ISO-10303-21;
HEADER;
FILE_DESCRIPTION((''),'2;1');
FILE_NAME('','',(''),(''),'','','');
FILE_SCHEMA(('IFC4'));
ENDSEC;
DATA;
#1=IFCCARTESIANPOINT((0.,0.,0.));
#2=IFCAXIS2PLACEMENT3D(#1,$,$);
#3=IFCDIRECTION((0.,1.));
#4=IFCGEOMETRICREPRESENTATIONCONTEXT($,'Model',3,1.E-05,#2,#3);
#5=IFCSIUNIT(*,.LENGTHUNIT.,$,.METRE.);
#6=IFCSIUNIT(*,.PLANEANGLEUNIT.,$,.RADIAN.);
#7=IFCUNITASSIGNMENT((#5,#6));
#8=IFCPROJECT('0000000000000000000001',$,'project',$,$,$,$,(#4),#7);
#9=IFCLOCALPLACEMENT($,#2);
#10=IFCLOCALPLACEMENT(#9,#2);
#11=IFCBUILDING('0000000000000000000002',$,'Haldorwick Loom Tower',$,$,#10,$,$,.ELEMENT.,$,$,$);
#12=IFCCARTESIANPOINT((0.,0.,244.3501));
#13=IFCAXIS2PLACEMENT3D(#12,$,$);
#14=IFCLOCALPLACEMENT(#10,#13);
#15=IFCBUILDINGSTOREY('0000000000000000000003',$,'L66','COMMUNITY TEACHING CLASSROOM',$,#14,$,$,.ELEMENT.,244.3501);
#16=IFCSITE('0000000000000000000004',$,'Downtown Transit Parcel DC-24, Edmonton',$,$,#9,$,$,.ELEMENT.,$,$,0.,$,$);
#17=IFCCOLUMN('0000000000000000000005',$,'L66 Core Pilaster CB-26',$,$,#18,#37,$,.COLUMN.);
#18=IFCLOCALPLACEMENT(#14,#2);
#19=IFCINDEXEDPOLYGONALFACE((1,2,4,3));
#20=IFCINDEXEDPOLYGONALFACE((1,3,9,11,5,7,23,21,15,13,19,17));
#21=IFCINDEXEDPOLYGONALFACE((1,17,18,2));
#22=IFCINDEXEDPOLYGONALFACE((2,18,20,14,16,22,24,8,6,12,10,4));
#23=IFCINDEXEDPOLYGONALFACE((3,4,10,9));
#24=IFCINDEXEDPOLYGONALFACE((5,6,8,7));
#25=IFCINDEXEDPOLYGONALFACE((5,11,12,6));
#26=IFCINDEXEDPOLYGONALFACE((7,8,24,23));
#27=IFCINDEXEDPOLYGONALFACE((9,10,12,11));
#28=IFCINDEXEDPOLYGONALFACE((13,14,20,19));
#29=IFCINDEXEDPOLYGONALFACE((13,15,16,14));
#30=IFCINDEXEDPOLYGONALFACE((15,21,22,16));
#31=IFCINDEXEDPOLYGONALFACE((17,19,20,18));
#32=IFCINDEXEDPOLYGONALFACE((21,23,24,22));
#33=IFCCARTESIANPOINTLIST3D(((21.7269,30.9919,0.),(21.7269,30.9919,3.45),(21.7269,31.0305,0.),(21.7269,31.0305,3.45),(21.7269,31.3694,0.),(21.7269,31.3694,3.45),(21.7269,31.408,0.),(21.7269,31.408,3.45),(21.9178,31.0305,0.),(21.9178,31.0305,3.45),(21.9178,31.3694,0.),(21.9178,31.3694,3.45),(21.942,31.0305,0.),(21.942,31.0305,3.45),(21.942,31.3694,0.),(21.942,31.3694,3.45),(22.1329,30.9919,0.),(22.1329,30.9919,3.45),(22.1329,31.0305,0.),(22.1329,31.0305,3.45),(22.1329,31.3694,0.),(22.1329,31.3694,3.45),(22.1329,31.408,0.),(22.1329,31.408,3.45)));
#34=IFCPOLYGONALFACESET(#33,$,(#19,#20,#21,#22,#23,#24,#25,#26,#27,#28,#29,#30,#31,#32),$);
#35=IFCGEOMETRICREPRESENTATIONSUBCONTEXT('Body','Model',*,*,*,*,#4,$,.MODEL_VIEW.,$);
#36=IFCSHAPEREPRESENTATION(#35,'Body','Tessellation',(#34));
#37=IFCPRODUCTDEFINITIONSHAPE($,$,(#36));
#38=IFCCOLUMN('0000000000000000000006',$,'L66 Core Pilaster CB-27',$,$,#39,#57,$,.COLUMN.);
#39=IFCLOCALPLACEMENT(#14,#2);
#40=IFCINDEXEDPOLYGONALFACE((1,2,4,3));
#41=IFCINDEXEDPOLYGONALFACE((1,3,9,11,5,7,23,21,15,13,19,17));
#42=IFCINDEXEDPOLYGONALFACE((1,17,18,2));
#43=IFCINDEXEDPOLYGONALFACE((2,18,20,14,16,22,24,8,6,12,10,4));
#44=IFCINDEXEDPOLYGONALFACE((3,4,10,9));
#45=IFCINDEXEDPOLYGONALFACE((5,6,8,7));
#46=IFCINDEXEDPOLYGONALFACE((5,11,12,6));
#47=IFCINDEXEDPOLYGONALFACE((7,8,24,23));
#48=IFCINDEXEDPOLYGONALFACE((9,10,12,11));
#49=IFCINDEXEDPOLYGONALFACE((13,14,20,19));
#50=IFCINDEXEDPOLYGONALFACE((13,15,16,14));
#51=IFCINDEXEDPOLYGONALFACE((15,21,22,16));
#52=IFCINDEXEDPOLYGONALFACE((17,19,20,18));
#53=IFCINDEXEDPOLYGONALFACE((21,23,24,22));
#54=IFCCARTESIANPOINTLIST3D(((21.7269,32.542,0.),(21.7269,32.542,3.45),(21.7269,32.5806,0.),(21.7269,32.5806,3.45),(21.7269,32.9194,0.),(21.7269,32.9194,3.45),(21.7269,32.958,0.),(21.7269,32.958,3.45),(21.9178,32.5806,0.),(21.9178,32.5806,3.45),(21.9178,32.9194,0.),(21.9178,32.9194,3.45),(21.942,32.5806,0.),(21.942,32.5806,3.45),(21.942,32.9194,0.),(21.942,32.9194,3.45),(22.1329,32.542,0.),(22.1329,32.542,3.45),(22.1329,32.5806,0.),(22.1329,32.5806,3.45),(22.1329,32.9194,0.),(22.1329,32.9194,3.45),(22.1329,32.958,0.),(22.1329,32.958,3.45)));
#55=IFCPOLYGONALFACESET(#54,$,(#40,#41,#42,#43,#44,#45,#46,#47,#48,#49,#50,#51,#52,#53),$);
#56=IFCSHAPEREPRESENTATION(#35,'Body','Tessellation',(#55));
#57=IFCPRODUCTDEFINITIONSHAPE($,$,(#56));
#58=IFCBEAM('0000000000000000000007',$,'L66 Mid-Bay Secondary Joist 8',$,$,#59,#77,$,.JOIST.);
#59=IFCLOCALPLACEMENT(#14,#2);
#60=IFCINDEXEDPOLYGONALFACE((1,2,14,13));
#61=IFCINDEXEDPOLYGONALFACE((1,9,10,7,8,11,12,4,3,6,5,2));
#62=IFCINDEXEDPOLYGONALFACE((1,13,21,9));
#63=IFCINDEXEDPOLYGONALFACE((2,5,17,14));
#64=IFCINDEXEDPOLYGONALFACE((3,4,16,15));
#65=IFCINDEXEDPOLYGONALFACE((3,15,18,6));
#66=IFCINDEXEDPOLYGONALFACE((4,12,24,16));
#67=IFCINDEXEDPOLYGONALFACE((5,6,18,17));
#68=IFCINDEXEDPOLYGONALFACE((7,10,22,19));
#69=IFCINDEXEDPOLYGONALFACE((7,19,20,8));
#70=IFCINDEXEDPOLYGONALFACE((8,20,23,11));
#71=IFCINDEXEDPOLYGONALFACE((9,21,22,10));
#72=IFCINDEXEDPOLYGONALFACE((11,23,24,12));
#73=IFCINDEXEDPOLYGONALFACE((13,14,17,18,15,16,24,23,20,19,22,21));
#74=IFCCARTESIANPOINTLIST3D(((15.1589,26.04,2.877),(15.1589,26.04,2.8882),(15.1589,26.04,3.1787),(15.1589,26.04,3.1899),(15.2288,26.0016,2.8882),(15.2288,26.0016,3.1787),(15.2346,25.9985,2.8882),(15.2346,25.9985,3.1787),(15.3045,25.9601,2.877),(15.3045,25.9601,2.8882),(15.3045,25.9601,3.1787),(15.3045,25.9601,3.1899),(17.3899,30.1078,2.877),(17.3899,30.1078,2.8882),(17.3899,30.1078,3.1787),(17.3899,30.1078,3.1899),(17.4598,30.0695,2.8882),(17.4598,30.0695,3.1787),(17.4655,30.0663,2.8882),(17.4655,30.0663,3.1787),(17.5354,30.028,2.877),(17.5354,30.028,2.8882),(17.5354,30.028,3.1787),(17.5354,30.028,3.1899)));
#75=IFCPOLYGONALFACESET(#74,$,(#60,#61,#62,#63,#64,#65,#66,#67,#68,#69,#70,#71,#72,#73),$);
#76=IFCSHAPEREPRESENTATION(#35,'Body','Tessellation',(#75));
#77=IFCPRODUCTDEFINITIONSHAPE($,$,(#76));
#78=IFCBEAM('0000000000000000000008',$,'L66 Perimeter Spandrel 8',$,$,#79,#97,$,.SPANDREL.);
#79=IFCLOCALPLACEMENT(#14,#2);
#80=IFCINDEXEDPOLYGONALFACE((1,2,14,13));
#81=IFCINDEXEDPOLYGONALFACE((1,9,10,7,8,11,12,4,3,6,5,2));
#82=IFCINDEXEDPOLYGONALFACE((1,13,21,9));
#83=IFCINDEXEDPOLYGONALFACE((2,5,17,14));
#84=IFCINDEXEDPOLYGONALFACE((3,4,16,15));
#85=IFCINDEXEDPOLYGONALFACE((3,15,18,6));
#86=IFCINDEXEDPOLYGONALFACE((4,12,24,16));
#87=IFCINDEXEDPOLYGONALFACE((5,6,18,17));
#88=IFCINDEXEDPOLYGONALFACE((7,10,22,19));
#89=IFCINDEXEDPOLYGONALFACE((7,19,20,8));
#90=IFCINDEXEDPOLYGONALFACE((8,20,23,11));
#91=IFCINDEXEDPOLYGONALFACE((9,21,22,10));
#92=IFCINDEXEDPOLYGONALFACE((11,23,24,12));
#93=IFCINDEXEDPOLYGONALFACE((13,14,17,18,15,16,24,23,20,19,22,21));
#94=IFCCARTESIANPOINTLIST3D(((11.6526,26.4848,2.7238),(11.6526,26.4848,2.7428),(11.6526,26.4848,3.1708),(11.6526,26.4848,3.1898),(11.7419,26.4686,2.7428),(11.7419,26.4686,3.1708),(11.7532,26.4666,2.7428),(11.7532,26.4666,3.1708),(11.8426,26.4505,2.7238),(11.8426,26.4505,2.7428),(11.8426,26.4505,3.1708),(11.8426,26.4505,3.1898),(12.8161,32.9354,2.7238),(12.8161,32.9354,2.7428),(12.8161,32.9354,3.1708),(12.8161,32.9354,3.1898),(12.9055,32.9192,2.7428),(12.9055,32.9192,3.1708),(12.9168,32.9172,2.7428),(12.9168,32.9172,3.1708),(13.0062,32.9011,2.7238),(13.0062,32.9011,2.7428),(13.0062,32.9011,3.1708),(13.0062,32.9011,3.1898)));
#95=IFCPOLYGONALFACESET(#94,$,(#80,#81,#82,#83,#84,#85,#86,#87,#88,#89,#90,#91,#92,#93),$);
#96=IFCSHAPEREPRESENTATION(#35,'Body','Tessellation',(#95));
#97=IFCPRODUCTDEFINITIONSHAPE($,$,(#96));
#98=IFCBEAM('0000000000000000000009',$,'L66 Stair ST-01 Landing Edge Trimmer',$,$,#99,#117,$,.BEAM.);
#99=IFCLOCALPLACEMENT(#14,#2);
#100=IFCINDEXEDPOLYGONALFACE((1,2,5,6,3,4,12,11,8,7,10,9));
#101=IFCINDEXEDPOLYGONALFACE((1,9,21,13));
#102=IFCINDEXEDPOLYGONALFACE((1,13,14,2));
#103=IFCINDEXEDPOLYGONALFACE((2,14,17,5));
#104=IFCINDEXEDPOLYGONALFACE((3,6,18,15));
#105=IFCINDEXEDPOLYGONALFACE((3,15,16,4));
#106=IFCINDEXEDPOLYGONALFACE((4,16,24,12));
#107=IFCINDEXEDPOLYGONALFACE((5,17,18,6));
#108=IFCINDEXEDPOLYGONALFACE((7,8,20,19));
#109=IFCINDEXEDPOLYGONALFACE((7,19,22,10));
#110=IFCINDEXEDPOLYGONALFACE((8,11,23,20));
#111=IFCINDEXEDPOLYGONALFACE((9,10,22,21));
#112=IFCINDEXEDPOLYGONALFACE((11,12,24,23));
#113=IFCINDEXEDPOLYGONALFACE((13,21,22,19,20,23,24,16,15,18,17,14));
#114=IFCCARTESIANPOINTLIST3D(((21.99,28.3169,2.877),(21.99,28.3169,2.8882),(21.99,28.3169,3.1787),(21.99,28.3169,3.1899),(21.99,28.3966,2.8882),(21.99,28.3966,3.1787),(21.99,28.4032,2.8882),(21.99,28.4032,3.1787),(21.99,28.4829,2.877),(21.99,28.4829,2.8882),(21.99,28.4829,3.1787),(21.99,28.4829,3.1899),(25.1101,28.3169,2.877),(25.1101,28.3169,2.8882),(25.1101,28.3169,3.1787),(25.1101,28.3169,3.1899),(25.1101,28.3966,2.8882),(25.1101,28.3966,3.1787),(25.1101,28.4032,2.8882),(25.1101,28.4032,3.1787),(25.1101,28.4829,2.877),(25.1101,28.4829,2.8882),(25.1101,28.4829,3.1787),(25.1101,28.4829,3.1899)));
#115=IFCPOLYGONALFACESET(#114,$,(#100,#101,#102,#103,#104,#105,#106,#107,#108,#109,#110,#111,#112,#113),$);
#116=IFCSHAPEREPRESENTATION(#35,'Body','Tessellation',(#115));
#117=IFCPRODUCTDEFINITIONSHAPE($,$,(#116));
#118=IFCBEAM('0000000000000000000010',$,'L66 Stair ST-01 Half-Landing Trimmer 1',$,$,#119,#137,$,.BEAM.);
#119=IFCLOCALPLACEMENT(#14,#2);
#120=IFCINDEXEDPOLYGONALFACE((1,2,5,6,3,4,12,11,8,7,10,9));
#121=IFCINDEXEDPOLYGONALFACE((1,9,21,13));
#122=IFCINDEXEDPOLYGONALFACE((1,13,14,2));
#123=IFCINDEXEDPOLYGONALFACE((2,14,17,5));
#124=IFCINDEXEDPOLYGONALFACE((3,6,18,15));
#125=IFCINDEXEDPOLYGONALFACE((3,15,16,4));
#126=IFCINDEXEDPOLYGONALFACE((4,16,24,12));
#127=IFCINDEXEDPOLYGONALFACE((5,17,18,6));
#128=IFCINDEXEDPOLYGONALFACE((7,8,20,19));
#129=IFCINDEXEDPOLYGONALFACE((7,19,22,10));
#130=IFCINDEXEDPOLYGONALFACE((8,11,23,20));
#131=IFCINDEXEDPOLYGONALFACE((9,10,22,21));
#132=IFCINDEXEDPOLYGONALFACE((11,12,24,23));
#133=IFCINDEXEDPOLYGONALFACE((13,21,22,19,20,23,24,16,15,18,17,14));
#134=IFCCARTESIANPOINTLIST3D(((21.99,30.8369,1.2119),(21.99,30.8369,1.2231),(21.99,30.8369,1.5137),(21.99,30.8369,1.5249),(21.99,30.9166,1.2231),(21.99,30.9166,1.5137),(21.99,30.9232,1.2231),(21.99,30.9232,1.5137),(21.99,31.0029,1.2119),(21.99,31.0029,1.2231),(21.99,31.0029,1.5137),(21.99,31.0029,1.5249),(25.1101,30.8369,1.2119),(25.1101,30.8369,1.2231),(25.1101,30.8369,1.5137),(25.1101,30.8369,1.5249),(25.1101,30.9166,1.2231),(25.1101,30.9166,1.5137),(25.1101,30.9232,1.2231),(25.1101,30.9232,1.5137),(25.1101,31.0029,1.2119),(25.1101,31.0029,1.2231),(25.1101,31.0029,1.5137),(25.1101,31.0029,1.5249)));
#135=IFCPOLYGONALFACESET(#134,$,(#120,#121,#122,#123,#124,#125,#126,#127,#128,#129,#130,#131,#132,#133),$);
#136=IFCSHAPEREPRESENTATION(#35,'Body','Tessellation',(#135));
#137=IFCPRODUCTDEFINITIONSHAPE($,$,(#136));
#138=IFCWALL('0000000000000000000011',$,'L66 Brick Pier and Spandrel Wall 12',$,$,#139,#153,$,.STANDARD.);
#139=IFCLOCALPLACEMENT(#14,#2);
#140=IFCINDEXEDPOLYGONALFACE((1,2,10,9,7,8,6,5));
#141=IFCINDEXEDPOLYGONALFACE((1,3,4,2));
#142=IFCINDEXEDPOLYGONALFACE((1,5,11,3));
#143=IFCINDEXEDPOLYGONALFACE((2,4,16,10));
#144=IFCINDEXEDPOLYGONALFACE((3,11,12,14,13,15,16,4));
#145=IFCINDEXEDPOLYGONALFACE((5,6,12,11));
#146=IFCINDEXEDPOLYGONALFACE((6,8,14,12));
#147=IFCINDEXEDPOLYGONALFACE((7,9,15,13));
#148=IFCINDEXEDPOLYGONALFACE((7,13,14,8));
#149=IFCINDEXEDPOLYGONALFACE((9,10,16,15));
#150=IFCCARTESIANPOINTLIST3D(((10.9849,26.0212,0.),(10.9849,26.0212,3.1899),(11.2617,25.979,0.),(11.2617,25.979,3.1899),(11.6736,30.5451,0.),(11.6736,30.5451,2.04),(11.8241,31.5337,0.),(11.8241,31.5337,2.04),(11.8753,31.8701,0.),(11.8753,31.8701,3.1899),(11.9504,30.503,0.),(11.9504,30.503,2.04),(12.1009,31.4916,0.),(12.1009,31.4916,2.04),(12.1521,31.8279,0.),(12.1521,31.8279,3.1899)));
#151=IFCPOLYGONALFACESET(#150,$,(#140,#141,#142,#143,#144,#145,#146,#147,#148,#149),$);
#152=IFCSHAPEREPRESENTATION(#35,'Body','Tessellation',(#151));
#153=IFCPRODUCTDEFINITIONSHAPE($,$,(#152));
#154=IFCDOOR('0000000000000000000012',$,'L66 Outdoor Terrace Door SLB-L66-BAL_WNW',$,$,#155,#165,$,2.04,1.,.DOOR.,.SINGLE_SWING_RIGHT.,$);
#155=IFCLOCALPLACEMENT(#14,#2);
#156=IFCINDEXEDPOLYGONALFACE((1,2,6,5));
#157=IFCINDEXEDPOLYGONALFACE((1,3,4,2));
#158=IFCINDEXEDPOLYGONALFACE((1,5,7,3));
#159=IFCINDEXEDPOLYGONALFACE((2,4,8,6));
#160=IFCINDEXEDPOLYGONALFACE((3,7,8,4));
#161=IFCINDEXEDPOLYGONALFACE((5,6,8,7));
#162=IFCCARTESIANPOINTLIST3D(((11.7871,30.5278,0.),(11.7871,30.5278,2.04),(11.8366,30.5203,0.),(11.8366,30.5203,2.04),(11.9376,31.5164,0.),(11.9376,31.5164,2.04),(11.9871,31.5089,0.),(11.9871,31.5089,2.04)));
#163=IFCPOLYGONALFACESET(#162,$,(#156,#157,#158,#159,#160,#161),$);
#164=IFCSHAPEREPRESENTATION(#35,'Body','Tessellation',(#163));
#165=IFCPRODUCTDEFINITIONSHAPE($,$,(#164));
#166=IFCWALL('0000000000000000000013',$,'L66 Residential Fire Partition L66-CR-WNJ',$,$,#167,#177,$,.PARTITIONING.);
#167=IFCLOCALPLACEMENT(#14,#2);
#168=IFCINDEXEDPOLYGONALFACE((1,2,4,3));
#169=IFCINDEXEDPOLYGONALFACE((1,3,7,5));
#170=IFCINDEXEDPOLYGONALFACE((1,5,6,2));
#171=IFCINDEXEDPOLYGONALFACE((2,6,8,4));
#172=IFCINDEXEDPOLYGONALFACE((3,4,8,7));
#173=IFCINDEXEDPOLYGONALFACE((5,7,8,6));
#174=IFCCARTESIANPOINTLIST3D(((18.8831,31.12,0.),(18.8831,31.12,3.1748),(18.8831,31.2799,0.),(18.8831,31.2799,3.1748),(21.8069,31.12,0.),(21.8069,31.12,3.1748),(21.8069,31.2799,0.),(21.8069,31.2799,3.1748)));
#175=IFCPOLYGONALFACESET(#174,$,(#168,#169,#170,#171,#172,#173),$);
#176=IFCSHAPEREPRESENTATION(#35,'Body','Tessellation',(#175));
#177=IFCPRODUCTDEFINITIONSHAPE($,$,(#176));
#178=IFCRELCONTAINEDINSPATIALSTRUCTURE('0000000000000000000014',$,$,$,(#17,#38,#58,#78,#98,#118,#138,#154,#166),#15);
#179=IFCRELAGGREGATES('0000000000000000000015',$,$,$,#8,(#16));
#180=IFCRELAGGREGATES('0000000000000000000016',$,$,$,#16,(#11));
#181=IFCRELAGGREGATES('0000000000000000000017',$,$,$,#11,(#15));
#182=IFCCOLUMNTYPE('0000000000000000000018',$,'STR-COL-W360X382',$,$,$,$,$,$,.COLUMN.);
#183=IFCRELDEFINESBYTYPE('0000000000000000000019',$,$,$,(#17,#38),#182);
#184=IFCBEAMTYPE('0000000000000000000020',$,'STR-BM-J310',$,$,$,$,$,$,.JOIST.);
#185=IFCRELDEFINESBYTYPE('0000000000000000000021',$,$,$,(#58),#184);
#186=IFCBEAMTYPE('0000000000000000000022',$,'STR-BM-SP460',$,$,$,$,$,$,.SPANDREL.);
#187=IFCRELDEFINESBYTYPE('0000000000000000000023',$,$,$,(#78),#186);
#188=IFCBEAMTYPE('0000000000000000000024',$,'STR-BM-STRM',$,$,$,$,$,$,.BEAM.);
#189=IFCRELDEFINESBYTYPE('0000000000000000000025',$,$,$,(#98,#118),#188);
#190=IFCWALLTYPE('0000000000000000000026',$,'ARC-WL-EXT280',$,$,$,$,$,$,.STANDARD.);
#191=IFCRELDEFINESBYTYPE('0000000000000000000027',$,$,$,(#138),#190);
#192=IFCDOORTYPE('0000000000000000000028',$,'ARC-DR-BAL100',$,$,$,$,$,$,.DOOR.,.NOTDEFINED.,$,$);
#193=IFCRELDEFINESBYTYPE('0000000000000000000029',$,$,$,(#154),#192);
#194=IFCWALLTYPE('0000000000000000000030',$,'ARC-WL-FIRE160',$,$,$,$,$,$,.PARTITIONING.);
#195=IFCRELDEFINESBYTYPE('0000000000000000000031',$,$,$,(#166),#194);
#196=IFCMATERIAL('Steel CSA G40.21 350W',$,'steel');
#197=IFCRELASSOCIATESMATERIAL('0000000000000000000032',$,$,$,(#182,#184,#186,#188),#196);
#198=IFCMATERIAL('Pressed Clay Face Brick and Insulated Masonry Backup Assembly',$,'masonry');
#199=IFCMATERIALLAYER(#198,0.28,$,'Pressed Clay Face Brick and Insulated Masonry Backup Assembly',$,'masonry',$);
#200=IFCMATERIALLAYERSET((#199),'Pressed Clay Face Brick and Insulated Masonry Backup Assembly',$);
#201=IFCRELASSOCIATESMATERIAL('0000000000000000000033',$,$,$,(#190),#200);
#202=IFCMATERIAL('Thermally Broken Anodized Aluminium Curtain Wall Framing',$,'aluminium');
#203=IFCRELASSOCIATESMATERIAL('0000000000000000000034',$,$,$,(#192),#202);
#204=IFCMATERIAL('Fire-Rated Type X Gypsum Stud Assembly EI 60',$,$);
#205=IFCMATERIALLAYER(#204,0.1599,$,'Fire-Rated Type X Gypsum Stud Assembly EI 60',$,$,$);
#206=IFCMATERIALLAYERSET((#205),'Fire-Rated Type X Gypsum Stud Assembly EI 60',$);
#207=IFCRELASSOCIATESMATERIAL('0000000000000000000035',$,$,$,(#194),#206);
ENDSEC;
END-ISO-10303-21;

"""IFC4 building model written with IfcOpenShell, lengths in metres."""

from ifc_helpers import new_model, si_unit, direction, frame, frame_2d, origin, origin_2d, place, context, subcontext, project, spatial, rectangle, i_section, extrude, material, layer, layer_set, material_profile, profile_set, type_object, element, fill, save


model = new_model("IFC4")

# Units and contexts
model_context = context("Model", 3, precision=1e-05, world=origin(), true_north=direction((0.0, 1.0)))
body_context = subcontext(model_context, "Body", "Model", "MODEL_VIEW")
ifc_project = project(units=[si_unit("LENGTHUNIT", "METRE"), si_unit("PLANEANGLEUNIT", "RADIAN")], contexts=[model_context])

# Site, building, storey
site_placement = place(None, origin())
site = spatial("IfcSite", under=ifc_project, at=site_placement, Name="Downtown Transit Parcel DC-24, Edmonton", CompositionType="ELEMENT", RefElevation=0.0)
building_placement = place(site_placement, origin())
building = spatial("IfcBuilding", under=site, at=building_placement, Name="Haldorwick Loom Tower", CompositionType="ELEMENT")
storey_placement = place(building_placement, frame((0.0, 0.0, 244.3501)))
storey = spatial("IfcBuildingStorey", under=building, at=storey_placement, Name="L66", Description="COMMUNITY TEACHING CLASSROOM", CompositionType="ELEMENT", Elevation=244.3501)

# Columns
ifc_material_1 = material(Name="Steel CSA G40.21 350W", Category="steel")
ifc_material_profile_1 = material_profile(ifc_material_1, i_section(OverallWidth=0.406, OverallDepth=0.416, WebThickness=0.0242, FlangeThickness=0.0386, at=origin_2d()), Name="W360X382", Category="steel")
ifc_profile_set_1 = profile_set([ifc_material_profile_1], Name="Steel CSA G40.21 350W")
column_type = type_object("IfcColumnType", Name="STR-COL-W360X382", PredefinedType="COLUMN", material=ifc_profile_set_1)
for number, where, z_axis, x_axis, name in (
    (1, (21.9299, 31.2, 0.0), (0.0, 0.0, 1.0), (1.0, 0.0, 0.0), "L66 Core Pilaster CB-26"),
    (2, (21.9299, 32.75, 0.0), (0.0, 0.0, 1.0), (1.0, 0.0, 0.0), "L66 Core Pilaster CB-27"),
):
    element("IfcColumn", number, at=place(storey_placement, frame(where, z_axis=z_axis, x_axis=x_axis)), inside=storey, type_object=column_type, Name=name, PredefinedType="COLUMN", context=body_context, shape_type="SweptSolid", body=[
        extrude(i_section(OverallWidth=0.406, OverallDepth=0.416, WebThickness=0.0242, FlangeThickness=0.0386, at=origin_2d()), origin(), (0.0, 0.0, 1.0), 3.45),
    ])

# Beams
ifc_material_profile_2 = material_profile(ifc_material_1, i_section(OverallWidth=0.166, OverallDepth=0.313, WebThickness=0.0066, FlangeThickness=0.0112, at=origin_2d()), Name="W310X45", Category="steel")
ifc_profile_set_2 = profile_set([ifc_material_profile_2], Name="Steel CSA G40.21 350W")
beam_type_1 = type_object("IfcBeamType", Name="STR-BM-J310", PredefinedType="JOIST", material=ifc_profile_set_2)
beam_1_placement = place(storey_placement, frame((17.4626, 30.0679, 3.0334), z_axis=(-0.480864, -0.876795, 0.0), x_axis=(0.876795, -0.480864, 0.0)))
element("IfcBeam", 3, at=beam_1_placement, inside=storey, type_object=beam_type_1, Name="L66 Mid-Bay Secondary Joist 8", PredefinedType="JOIST", context=body_context, shape_type="SweptSolid", body=[
    extrude(i_section(OverallWidth=0.166, OverallDepth=0.313, WebThickness=0.0066, FlangeThickness=0.0112, at=origin_2d()), origin(), (0.0, 0.0, 1.0), 4.6394),
])
ifc_material_profile_3 = material_profile(ifc_material_1, i_section(OverallWidth=0.1931, OverallDepth=0.4661, WebThickness=0.0115, FlangeThickness=0.019, at=origin_2d()), Name="W460X97", Category="steel")
ifc_profile_set_3 = profile_set([ifc_material_profile_3], Name="Steel CSA G40.21 350W")
beam_type_2 = type_object("IfcBeamType", Name="STR-BM-SP460", PredefinedType="SPANDREL", material=ifc_profile_set_3)
beam_2_placement = place(storey_placement, frame((12.9111, 32.9182, 2.9568), z_axis=(-0.177515, -0.984118, 0.0), x_axis=(0.984118, -0.177515, 0.0)))
element("IfcBeam", 4, at=beam_2_placement, inside=storey, type_object=beam_type_2, Name="L66 Perimeter Spandrel 8", PredefinedType="SPANDREL", context=body_context, shape_type="SweptSolid", body=[
    extrude(i_section(OverallWidth=0.1931, OverallDepth=0.4661, WebThickness=0.0115, FlangeThickness=0.019, at=origin_2d()), origin(), (0.0, 0.0, 1.0), 6.5547),
])
ifc_material_profile_4 = material_profile(ifc_material_1, i_section(OverallWidth=0.166, OverallDepth=0.313, WebThickness=0.0066, FlangeThickness=0.0112, at=origin_2d()), Name="W310X45", Category="steel")
ifc_profile_set_4 = profile_set([ifc_material_profile_4], Name="Steel CSA G40.21 350W")
beam_type_3 = type_object("IfcBeamType", Name="STR-BM-STRM", PredefinedType="BEAM", material=ifc_profile_set_4)
for number, where, z_axis, x_axis, name in (
    (5, (21.99, 28.3999, 3.0334), (1.0, 0.0, 0.0), (0.0, 1.0, 0.0), "L66 Stair ST-01 Landing Edge Trimmer"),
    (6, (21.99, 30.9199, 1.3684), (1.0, 0.0, 0.0), (0.0, 1.0, 0.0), "L66 Stair ST-01 Half-Landing Trimmer 1"),
):
    element("IfcBeam", number, at=place(storey_placement, frame(where, z_axis=z_axis, x_axis=x_axis)), inside=storey, type_object=beam_type_3, Name=name, PredefinedType="BEAM", context=body_context, shape_type="SweptSolid", body=[
        extrude(i_section(OverallWidth=0.166, OverallDepth=0.313, WebThickness=0.0066, FlangeThickness=0.0112, at=origin_2d()), origin(), (0.0, 0.0, 1.0), 3.1201),
    ])

# Wall, opening, door
ifc_material_2 = material(Name="Pressed Clay Face Brick and Insulated Masonry Backup Assembly", Category="masonry")
ifc_layer_1 = layer(ifc_material_2, 0.28, Name="Pressed Clay Face Brick and Insulated Masonry Backup Assembly", Category="masonry")
ifc_layer_set_1 = layer_set([ifc_layer_1], Name="Pressed Clay Face Brick and Insulated Masonry Backup Assembly")
wall_type_1 = type_object("IfcWallType", Name="ARC-WL-EXT280", PredefinedType="STANDARD", material=ifc_layer_set_1)
wall_1_placement = place(storey_placement, frame((12.0137, 31.8489, 0.0), z_axis=(0.0, 0.0, 1.0), x_axis=(-0.150497, -0.98861, 0.0)))
wall_1 = element("IfcWall", 7, at=wall_1_placement, inside=storey, type_object=wall_type_1, Name="L66 Brick Pier and Spandrel Wall 12", PredefinedType="STANDARD", context=body_context, shape_type="SweptSolid", body=[
    extrude(rectangle(XDim=5.9163, YDim=0.28, at=frame_2d((2.958, 0.0))), origin(), (0.0, 0.0, 1.0), 3.1899),
])
opening_1_placement = place(wall_1_placement, frame((0.3401, 0.0, 0.0)))
opening_1 = element("IfcOpeningElement", 8, at=opening_1_placement, cuts=wall_1, PredefinedType="OPENING", context=body_context, shape_type="SweptSolid", body=[
    extrude(rectangle(XDim=1.0, YDim=2.04, at=frame_2d((0.5, 1.02))), frame((0.0, 0.1499, 0.0), z_axis=(0.0, -1.0, 0.0), x_axis=(1.0, 0.0, 0.0)), (0.0, 0.0, 1.0), 0.3),
])
ifc_material_3 = material(Name="Thermally Broken Anodized Aluminium Curtain Wall Framing", Category="aluminium")
door_type_1 = type_object("IfcDoorType", Name="ARC-DR-BAL100", OperationType="NOTDEFINED", PredefinedType="DOOR", material=ifc_material_3)
door_1_placement = place(opening_1_placement, origin())
door_1 = element("IfcDoor", 9, at=door_1_placement, inside=storey, type_object=door_type_1, Name="L66 Outdoor Terrace Door SLB-L66-BAL_WNW", OperationType="SINGLE_SWING_RIGHT", OverallHeight=2.04, OverallWidth=1.0, PredefinedType="DOOR", context=body_context, shape_type="SweptSolid", body=[
    extrude(rectangle(XDim=1.0, YDim=2.04, at=frame_2d((0.5, 1.02))), frame((0.0, 0.0249, 0.0), z_axis=(0.0, -1.0, 0.0), x_axis=(1.0, 0.0, 0.0)), (0.0, 0.0, 1.0), 0.05),
])
fill(opening_1, door_1)

# Wall
ifc_material_4 = material(Name="Fire-Rated Type X Gypsum Stud Assembly EI 60")
ifc_layer_2 = layer(ifc_material_4, 0.1599, Name="Fire-Rated Type X Gypsum Stud Assembly EI 60")
ifc_layer_set_2 = layer_set([ifc_layer_2], Name="Fire-Rated Type X Gypsum Stud Assembly EI 60")
wall_type_2 = type_object("IfcWallType", Name="ARC-WL-FIRE160", PredefinedType="PARTITIONING", material=ifc_layer_set_2)
wall_2_placement = place(storey_placement, frame((18.8831, 31.2, 0.0), z_axis=(0.0, 0.0, 1.0), x_axis=(1.0, 0.0, 0.0)))
element("IfcWall", 10, at=wall_2_placement, inside=storey, type_object=wall_type_2, Name="L66 Residential Fire Partition L66-CR-WNJ", PredefinedType="PARTITIONING", context=body_context, shape_type="SweptSolid", body=[
    extrude(rectangle(XDim=2.9238, YDim=0.1599, at=frame_2d((1.4619, 0.0))), origin(), (0.0, 0.0, 1.0), 3.1748),
])

save(model, "model.ifc")
